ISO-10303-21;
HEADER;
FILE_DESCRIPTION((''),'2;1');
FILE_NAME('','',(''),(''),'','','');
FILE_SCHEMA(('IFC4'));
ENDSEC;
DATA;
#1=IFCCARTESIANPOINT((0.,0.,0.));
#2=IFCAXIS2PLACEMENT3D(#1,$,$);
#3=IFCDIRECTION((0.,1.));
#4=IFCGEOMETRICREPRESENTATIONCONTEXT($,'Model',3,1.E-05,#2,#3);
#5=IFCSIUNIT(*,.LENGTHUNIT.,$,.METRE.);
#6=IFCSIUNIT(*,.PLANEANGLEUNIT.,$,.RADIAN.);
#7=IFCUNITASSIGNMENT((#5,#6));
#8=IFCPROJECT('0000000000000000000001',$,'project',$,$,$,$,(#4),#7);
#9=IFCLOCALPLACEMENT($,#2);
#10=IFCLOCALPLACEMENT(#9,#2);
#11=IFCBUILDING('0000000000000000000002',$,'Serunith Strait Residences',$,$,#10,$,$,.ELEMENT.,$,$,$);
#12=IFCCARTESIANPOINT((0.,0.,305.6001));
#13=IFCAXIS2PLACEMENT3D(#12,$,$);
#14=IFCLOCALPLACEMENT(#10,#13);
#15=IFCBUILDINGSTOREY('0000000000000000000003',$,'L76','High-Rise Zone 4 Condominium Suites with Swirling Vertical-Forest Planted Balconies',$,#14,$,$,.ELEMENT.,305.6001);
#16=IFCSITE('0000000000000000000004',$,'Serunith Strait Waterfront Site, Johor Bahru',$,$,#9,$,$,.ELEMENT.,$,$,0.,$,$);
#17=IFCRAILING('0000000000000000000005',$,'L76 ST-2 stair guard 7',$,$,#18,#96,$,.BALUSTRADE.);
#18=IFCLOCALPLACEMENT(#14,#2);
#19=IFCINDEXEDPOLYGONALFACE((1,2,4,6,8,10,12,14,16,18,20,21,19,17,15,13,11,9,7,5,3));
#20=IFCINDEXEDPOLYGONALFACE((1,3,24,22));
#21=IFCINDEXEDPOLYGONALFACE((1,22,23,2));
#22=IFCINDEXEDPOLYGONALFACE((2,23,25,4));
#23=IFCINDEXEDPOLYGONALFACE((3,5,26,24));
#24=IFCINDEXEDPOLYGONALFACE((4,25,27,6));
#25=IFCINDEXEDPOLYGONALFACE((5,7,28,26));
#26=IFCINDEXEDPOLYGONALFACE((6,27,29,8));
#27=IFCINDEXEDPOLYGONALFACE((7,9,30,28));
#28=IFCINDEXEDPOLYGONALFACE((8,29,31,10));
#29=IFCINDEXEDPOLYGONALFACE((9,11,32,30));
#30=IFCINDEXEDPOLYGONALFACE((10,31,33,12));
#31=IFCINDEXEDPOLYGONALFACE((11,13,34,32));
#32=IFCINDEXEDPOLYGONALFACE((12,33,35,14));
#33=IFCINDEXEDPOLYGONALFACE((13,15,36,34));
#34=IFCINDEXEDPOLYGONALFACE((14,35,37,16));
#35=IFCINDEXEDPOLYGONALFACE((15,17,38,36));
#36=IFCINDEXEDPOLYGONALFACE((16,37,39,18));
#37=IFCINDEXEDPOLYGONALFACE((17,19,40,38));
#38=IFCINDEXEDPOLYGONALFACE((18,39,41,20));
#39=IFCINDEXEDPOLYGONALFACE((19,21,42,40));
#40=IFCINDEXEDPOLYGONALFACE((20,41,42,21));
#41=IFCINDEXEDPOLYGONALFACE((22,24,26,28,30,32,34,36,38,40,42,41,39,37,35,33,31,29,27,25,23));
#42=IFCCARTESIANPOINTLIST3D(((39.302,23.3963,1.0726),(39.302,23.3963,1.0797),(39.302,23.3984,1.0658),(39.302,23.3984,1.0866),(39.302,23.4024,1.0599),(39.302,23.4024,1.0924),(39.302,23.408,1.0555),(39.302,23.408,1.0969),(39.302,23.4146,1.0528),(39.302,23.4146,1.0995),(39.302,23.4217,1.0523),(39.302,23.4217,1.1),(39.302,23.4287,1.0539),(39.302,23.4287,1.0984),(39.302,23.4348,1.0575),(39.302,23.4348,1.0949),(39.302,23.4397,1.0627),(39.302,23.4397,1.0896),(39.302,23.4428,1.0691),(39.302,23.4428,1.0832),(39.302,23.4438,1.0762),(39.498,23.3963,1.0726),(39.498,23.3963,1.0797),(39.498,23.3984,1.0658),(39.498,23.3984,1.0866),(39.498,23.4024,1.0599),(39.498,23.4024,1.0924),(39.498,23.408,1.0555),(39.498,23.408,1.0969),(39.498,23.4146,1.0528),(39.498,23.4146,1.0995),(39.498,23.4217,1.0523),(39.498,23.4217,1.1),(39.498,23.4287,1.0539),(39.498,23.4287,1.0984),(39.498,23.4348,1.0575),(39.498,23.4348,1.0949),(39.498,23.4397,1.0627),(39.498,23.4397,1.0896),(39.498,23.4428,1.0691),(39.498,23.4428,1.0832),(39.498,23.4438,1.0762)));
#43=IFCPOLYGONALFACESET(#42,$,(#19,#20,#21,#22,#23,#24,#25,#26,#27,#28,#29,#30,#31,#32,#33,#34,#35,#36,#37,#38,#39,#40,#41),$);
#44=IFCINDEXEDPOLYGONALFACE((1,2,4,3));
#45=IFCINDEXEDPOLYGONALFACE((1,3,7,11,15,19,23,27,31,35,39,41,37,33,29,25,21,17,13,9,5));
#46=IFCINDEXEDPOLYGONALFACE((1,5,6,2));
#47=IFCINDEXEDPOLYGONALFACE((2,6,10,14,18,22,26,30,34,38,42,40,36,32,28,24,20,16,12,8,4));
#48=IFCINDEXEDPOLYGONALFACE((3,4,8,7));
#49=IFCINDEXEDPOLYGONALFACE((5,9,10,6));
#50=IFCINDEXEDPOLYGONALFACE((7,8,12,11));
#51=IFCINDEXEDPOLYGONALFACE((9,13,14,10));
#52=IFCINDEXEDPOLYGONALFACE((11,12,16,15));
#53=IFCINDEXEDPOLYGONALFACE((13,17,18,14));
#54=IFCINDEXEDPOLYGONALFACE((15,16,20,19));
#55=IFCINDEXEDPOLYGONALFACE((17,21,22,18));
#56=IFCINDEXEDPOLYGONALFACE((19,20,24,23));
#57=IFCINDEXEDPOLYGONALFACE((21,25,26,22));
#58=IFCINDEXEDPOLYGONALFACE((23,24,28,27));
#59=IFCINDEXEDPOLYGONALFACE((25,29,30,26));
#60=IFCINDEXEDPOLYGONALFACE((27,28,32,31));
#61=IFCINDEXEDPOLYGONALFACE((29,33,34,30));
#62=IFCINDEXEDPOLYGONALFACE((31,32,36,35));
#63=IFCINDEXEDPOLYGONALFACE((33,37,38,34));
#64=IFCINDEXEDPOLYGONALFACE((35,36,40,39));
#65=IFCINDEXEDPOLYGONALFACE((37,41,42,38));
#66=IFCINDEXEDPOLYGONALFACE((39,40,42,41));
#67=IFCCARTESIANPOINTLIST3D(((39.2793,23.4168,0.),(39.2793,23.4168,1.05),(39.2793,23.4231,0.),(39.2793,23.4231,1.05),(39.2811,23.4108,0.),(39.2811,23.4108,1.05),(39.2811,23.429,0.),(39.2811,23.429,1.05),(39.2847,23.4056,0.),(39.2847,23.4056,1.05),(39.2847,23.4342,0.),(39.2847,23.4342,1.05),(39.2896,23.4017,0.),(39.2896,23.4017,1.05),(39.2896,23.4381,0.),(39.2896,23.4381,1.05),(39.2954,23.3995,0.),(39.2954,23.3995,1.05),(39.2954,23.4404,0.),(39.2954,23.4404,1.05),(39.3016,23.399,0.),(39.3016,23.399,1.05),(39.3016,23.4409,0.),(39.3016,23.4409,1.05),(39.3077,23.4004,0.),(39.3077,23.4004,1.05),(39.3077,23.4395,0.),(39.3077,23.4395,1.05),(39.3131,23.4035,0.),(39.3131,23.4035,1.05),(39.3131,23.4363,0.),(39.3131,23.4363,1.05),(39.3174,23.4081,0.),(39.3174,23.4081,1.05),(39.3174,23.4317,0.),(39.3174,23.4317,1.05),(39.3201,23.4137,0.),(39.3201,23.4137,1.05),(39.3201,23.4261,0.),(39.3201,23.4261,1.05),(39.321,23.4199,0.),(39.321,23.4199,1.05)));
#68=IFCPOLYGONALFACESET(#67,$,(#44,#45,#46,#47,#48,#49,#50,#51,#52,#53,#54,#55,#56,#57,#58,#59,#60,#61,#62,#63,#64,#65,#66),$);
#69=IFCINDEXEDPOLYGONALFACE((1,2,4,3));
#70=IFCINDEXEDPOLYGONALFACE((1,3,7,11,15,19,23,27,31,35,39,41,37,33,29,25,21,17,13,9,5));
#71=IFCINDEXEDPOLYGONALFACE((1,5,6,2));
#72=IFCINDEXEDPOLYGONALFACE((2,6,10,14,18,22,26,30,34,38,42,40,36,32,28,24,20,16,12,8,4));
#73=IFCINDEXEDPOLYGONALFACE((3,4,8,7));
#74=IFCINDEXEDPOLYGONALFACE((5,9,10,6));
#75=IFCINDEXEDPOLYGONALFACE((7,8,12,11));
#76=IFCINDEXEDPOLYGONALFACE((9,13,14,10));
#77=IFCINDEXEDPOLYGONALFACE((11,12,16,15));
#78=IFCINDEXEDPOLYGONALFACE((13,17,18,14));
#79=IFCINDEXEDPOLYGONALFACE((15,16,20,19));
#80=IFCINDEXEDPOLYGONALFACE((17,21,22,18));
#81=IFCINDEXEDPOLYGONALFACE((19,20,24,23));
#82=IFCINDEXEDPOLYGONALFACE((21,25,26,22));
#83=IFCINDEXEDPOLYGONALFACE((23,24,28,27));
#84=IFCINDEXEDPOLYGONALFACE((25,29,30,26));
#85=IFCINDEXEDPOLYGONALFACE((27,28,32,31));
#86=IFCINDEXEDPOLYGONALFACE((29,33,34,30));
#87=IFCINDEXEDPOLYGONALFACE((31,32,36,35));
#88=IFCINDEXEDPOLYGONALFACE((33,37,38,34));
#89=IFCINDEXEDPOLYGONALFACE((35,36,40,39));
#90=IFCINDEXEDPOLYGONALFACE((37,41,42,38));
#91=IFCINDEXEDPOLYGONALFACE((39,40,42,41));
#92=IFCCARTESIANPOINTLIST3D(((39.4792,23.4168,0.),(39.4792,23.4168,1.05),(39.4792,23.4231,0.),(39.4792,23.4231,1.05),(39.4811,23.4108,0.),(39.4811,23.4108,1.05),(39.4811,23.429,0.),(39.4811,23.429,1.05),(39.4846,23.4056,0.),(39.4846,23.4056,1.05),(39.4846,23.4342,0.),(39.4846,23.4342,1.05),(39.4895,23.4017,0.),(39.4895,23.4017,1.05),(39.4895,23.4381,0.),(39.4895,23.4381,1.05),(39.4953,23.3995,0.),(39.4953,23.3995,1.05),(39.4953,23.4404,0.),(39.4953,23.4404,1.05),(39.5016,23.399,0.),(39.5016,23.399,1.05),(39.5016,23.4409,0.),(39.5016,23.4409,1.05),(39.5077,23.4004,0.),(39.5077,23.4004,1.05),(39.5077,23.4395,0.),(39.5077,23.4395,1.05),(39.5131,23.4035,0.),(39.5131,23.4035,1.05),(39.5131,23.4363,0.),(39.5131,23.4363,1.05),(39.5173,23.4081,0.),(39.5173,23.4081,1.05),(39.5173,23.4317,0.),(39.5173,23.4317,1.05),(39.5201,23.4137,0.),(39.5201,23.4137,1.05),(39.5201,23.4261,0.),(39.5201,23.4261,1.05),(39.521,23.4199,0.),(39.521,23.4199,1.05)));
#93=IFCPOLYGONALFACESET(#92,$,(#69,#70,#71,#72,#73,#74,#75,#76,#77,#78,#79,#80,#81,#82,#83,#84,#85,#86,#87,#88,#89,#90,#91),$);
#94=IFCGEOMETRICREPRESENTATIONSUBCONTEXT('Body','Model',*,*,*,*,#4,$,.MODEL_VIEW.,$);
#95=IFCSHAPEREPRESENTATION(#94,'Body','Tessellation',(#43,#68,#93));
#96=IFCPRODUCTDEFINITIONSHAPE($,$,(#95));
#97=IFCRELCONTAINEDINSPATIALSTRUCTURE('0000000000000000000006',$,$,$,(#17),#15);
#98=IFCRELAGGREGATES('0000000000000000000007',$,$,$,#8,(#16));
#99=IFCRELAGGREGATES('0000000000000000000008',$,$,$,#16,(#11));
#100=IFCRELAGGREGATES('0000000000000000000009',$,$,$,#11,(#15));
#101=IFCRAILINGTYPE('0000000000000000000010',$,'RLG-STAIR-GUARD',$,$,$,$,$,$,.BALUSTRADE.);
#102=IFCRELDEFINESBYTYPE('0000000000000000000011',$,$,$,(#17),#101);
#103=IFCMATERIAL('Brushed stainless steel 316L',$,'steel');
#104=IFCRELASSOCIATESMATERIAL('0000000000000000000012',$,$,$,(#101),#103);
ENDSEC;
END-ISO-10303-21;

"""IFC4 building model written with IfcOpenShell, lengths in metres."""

from ifc_helpers import new_model, si_unit, direction, frame, origin, origin_2d, place, context, subcontext, project, spatial, circle, extrude, material, type_object, element, save


model = new_model("IFC4")

# Units and contexts
model_context = context("Model", 3, precision=1e-05, world=origin(), true_north=direction((0.0, 1.0)))
body_context = subcontext(model_context, "Body", "Model", "MODEL_VIEW")
ifc_project = project(units=[si_unit("LENGTHUNIT", "METRE"), si_unit("PLANEANGLEUNIT", "RADIAN")], contexts=[model_context])

# Site, building, storey
site_placement = place(None, origin())
site = spatial("IfcSite", under=ifc_project, at=site_placement, Name="Serunith Strait Waterfront Site, Johor Bahru", CompositionType="ELEMENT", RefElevation=0.0)
building_placement = place(site_placement, origin())
building = spatial("IfcBuilding", under=site, at=building_placement, Name="Serunith Strait Residences", CompositionType="ELEMENT")
storey_placement = place(building_placement, frame((0.0, 0.0, 305.6001)))
storey = spatial("IfcBuildingStorey", under=building, at=storey_placement, Name="L76", Description="High-Rise Zone 4 Condominium Suites with Swirling Vertical-Forest Planted Balconies", CompositionType="ELEMENT", Elevation=305.6001)

# Railing
ifc_material_1 = material(Name="Brushed stainless steel 316L", Category="steel")
railing_type_1 = type_object("IfcRailingType", Name="RLG-STAIR-GUARD", PredefinedType="BALUSTRADE", material=ifc_material_1)
railing_1_placement = place(storey_placement, frame((39.3, 23.4199, 0.0)))
element("IfcRailing", 1, at=railing_1_placement, inside=storey, type_object=railing_type_1, Name="L76 ST-2 stair guard 7", PredefinedType="BALUSTRADE", context=body_context, shape_type="SweptSolid", body=[
    extrude(circle(Radius=0.0239, at=origin_2d()), frame((0.002, 0.0, 1.0762), z_axis=(1.0, 0.0, 0.0), x_axis=(0.0, 1.0, 0.0)), (0.0, 0.0, 1.0), 0.196),
    extrude(circle(Radius=0.021, at=origin_2d()), origin(), (0.0, 0.0, 1.0), 1.05),
    extrude(circle(Radius=0.021, at=origin_2d()), frame((0.2, 0.0, 0.0)), (0.0, 0.0, 1.0), 1.05),
])

save(model, "model.ifc")
